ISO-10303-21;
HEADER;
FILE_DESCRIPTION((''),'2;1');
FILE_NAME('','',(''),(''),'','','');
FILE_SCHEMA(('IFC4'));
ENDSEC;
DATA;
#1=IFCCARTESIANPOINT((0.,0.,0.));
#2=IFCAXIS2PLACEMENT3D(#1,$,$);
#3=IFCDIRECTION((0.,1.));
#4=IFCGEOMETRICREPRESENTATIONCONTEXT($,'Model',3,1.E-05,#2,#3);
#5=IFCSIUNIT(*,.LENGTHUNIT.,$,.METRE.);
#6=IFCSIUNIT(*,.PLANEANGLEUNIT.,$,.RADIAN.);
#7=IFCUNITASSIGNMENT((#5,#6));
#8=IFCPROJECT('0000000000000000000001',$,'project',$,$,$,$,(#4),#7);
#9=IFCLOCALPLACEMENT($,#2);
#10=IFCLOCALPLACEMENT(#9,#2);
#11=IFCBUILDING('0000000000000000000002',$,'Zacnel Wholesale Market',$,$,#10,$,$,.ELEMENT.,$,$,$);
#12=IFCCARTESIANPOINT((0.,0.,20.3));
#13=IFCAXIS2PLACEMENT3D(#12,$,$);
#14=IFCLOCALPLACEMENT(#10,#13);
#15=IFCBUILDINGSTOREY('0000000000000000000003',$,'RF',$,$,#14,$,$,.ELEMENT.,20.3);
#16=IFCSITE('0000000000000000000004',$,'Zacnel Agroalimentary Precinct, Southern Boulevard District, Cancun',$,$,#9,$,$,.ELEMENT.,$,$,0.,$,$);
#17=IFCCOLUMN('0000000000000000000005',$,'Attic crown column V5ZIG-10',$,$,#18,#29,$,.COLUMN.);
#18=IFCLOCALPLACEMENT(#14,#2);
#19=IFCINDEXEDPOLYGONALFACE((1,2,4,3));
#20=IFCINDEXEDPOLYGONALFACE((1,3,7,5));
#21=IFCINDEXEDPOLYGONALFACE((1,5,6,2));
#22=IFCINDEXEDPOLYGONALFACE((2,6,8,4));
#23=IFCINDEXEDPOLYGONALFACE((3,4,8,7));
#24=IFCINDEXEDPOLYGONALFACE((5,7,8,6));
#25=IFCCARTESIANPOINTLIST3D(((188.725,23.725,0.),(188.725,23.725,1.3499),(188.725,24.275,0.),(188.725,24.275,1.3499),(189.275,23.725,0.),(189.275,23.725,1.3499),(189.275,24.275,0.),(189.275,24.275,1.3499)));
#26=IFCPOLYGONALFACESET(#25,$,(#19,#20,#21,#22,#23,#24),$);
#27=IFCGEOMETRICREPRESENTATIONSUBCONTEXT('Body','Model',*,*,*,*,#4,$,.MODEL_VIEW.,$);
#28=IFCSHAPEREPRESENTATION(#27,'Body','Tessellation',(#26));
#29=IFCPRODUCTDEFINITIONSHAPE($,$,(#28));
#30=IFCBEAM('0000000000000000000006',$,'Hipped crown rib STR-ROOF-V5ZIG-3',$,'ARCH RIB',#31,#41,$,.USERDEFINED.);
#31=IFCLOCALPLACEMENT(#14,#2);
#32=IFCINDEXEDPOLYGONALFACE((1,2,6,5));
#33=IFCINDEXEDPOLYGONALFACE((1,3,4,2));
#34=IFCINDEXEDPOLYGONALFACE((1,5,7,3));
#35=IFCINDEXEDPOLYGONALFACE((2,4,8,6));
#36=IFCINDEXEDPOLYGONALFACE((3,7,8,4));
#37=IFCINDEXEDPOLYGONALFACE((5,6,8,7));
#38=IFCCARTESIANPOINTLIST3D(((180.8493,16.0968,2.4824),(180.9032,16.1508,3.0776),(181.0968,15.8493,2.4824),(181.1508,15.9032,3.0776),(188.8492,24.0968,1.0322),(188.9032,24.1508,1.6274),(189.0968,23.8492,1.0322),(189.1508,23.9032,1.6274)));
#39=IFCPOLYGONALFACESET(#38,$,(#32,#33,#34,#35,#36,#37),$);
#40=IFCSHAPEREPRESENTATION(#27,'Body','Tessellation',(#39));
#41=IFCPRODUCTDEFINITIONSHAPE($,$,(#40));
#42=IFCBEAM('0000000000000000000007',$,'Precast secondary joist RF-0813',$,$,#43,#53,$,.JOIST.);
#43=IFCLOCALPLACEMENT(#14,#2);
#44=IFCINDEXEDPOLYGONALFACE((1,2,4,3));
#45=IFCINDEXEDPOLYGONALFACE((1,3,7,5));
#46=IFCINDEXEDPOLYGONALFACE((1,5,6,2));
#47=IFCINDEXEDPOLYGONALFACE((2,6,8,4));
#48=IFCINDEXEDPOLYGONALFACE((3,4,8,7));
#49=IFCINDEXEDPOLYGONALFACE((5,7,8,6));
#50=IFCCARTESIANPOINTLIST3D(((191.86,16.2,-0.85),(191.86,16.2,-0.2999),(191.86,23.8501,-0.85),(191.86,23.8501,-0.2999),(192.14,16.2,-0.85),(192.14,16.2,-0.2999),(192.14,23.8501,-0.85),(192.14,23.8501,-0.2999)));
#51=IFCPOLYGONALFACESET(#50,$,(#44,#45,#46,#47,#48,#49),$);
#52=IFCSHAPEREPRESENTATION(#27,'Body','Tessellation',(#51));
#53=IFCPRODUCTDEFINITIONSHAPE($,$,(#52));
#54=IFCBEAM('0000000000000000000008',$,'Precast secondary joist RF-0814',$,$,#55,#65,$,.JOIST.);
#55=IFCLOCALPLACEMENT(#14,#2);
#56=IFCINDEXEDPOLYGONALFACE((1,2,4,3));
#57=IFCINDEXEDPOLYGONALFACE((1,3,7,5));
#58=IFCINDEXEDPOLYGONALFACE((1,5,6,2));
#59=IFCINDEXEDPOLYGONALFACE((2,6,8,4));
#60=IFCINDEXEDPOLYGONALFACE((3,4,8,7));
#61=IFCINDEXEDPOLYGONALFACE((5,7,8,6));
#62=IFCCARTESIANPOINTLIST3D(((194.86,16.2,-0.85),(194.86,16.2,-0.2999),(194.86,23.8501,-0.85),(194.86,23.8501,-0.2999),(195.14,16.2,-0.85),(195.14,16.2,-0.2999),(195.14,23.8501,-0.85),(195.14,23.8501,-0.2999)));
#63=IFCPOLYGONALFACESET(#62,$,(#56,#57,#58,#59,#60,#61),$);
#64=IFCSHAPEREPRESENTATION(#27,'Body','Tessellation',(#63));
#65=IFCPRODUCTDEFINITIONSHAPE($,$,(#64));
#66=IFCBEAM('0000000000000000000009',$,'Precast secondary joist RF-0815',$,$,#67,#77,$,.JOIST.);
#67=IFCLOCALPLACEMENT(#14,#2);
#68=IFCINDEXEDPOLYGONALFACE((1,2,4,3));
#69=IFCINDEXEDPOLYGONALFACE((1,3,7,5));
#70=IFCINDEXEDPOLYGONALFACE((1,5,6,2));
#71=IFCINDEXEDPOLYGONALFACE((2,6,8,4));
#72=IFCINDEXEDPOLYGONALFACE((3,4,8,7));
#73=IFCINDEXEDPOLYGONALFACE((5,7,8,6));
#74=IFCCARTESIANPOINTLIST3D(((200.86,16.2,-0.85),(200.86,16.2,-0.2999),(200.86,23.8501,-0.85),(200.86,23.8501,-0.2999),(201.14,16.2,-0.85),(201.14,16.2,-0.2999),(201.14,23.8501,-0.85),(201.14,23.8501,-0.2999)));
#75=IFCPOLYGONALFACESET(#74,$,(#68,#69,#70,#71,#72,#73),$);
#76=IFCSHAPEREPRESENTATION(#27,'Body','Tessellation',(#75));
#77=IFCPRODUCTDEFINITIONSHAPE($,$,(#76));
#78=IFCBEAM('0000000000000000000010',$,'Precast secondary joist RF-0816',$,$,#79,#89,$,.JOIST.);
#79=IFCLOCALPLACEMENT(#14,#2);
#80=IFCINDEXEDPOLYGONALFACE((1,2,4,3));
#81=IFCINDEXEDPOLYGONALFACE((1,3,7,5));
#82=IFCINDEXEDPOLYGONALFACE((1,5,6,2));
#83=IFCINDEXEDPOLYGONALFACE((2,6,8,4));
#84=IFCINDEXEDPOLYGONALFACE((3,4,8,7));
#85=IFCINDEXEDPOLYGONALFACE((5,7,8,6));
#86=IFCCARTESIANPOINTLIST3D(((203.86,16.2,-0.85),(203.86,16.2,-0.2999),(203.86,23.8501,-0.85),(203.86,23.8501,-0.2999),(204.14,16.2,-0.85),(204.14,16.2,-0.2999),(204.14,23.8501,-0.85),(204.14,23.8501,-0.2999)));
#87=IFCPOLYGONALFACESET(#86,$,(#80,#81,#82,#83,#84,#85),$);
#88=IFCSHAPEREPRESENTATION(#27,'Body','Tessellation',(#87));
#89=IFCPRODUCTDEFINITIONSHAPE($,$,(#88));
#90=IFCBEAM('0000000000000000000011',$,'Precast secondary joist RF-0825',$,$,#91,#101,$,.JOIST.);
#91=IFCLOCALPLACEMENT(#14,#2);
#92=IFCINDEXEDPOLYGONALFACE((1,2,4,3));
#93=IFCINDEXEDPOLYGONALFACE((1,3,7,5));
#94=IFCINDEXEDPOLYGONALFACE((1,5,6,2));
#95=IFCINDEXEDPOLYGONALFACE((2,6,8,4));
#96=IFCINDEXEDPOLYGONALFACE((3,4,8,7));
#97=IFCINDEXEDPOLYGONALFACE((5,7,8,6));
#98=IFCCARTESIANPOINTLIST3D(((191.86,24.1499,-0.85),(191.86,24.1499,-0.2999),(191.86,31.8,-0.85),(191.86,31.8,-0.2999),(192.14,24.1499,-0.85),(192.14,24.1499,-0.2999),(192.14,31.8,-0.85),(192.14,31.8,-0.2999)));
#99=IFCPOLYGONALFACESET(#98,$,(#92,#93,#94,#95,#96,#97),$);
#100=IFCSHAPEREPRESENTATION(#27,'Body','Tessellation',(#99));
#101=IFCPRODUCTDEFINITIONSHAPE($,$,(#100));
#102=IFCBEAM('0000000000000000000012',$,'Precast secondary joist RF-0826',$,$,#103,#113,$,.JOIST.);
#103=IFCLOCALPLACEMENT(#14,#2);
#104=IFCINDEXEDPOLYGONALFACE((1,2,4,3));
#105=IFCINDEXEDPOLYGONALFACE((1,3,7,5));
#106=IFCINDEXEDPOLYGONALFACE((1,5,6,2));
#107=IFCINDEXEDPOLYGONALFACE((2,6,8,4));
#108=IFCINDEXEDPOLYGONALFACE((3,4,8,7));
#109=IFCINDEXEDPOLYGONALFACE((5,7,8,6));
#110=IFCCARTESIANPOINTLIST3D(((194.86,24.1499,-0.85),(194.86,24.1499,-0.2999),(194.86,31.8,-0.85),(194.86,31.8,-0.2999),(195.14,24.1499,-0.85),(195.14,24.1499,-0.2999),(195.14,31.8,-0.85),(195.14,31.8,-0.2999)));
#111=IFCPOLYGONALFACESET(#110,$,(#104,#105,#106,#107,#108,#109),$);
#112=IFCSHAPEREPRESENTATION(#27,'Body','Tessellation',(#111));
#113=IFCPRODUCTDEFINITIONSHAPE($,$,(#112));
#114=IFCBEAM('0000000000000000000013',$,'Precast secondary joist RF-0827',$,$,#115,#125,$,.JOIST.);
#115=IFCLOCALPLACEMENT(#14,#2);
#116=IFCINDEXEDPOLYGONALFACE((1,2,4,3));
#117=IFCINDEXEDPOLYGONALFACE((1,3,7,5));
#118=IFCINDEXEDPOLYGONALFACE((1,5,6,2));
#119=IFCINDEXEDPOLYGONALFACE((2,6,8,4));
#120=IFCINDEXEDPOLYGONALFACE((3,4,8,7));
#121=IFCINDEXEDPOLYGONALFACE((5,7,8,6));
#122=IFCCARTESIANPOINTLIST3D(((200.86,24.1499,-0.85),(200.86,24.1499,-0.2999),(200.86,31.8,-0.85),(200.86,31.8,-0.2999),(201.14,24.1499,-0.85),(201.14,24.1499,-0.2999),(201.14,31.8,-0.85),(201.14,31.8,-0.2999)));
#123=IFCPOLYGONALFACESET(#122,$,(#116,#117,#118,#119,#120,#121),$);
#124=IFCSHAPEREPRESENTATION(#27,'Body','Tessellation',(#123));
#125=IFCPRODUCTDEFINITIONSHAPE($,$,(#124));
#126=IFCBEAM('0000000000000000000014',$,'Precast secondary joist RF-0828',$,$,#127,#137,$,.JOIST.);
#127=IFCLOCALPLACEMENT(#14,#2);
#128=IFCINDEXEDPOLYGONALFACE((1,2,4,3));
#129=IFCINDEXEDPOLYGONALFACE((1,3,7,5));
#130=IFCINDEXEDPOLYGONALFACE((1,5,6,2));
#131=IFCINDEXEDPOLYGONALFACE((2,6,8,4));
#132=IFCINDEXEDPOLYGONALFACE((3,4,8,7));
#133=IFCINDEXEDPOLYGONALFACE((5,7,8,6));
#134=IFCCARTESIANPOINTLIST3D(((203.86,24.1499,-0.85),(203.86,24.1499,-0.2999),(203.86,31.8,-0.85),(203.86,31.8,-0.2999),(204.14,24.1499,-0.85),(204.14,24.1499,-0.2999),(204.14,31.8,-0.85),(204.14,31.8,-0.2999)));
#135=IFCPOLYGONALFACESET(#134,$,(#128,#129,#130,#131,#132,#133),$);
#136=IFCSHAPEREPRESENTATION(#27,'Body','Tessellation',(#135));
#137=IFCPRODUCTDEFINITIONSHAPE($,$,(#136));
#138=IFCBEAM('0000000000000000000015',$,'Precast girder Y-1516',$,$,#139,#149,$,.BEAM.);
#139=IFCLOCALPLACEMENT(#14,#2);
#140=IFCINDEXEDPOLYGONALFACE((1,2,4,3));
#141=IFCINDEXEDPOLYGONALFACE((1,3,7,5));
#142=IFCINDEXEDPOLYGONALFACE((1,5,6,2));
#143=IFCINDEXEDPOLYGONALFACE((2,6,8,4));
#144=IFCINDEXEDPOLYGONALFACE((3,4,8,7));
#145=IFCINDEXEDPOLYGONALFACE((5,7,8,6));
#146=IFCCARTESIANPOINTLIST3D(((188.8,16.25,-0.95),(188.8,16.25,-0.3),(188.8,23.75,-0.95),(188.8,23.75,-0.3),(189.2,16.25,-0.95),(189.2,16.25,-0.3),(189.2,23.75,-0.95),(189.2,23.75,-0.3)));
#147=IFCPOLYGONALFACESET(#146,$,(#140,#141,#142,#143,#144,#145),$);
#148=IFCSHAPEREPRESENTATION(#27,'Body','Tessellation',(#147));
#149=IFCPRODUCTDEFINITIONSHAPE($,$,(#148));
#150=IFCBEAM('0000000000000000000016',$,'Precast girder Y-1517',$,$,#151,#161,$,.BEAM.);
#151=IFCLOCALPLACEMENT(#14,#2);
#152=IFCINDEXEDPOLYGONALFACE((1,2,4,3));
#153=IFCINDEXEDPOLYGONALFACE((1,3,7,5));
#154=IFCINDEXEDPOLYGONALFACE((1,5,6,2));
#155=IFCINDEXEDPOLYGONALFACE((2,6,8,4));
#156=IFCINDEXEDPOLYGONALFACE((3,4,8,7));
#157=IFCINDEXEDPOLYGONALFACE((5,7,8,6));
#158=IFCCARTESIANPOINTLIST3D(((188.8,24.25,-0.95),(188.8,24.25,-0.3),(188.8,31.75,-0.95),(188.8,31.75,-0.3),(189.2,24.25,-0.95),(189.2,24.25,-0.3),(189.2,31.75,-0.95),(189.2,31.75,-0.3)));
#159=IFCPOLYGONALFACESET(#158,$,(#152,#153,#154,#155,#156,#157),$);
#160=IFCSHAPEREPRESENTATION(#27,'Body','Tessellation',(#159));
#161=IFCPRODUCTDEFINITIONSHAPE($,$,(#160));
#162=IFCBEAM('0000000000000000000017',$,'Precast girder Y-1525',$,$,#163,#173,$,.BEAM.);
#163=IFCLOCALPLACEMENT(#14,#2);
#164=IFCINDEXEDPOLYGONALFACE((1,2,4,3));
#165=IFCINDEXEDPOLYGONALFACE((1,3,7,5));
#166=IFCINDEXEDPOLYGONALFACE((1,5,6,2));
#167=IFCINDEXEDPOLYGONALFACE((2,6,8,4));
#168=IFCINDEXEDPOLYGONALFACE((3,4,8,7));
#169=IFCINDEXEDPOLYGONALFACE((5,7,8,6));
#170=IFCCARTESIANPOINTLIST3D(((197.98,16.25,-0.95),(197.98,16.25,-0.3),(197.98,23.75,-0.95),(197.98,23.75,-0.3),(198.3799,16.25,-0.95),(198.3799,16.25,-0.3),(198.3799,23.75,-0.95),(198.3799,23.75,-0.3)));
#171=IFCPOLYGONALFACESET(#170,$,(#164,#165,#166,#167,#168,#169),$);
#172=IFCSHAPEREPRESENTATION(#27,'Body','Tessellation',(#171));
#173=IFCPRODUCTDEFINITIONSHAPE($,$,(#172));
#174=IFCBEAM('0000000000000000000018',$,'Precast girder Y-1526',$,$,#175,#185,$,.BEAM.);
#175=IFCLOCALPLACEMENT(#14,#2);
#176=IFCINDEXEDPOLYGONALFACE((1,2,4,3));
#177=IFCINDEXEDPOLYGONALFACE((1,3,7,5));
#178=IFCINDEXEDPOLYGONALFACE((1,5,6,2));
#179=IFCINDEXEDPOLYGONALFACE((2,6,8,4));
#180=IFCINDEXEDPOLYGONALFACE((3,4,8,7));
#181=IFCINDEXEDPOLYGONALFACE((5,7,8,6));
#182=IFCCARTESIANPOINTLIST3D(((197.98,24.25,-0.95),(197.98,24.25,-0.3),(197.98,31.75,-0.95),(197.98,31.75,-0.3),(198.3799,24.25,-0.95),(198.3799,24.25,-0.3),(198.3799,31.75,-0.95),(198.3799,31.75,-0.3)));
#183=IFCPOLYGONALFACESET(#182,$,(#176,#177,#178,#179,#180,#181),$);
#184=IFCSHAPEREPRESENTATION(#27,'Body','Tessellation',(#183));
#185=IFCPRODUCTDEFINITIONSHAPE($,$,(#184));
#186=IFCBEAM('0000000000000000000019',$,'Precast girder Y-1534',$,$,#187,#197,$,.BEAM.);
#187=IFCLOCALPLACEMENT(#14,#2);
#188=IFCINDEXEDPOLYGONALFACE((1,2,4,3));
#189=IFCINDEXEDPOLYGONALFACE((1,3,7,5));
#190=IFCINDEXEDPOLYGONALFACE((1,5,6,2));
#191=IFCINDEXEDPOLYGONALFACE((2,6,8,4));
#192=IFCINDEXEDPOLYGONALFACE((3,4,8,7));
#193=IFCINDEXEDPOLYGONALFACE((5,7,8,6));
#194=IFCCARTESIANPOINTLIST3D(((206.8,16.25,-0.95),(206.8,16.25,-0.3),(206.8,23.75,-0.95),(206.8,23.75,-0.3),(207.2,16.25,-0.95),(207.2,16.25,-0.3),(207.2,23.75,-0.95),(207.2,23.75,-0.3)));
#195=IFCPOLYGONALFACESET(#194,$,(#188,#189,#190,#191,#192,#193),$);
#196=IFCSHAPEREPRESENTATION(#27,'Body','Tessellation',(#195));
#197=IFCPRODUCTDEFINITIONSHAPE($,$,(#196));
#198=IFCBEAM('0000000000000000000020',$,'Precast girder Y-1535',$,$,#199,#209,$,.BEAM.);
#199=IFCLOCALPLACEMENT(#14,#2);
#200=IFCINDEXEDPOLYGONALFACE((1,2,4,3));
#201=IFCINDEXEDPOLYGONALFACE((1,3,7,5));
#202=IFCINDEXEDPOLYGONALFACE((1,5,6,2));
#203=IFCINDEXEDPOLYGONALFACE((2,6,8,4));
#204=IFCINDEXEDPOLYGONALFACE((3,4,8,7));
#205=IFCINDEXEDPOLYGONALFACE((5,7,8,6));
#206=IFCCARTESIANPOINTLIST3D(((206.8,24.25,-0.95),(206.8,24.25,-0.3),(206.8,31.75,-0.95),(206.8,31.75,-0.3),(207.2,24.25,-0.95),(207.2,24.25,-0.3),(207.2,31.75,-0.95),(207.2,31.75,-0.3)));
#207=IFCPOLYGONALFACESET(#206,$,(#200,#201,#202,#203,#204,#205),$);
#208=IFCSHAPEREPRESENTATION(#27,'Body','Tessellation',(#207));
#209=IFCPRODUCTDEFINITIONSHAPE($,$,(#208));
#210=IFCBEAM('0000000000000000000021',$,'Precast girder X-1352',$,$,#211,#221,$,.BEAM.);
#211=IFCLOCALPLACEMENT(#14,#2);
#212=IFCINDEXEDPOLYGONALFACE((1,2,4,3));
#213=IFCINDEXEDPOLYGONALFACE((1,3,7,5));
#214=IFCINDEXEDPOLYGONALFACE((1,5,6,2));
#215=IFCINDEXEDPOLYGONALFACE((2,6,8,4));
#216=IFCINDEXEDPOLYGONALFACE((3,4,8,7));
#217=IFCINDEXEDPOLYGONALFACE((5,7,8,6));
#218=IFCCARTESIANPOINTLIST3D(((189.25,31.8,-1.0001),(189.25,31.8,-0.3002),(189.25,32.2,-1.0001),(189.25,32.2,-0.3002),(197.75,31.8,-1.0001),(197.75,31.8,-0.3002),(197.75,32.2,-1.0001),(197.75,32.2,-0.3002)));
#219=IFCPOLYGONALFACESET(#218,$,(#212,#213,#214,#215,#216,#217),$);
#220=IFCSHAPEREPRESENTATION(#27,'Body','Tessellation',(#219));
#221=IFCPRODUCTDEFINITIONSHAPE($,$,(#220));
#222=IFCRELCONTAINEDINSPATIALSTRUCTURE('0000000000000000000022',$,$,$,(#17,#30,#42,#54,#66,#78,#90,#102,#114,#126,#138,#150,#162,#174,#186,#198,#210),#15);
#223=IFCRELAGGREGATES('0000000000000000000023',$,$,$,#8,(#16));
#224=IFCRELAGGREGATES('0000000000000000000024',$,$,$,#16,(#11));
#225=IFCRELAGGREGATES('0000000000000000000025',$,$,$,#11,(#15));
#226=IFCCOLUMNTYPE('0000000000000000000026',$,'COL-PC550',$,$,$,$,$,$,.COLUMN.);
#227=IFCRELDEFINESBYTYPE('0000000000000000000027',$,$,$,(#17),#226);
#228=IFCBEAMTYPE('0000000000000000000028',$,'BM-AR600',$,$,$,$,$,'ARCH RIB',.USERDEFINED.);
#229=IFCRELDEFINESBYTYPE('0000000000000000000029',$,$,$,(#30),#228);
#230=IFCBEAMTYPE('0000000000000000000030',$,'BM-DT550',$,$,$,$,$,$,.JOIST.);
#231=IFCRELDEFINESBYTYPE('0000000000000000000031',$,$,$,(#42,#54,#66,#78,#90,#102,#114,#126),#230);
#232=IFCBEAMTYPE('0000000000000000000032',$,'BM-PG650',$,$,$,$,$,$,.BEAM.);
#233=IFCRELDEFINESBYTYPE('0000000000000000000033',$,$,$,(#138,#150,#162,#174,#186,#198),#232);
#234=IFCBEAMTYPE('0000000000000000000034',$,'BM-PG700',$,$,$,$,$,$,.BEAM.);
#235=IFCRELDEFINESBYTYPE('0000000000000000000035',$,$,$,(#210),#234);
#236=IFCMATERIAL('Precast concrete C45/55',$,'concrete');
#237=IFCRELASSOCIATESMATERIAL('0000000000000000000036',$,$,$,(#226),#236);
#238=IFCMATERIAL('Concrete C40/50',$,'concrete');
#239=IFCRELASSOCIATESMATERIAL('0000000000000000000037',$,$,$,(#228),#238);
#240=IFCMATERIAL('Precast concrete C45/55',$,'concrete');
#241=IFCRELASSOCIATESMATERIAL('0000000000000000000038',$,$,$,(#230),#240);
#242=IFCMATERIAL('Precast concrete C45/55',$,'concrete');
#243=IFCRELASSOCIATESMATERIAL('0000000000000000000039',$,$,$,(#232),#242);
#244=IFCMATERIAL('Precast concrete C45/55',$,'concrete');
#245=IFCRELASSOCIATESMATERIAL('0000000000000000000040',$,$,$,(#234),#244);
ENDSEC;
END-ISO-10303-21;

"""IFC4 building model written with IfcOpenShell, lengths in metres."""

from ifc_helpers import new_model, si_unit, direction, frame, origin, origin_2d, place, context, subcontext, project, spatial, rectangle, extrude, material, material_profile, profile_set, type_object, element, save


model = new_model("IFC4")

# Units and contexts
model_context = context("Model", 3, precision=1e-05, world=origin(), true_north=direction((0.0, 1.0)))
body_context = subcontext(model_context, "Body", "Model", "MODEL_VIEW")
ifc_project = project(units=[si_unit("LENGTHUNIT", "METRE"), si_unit("PLANEANGLEUNIT", "RADIAN")], contexts=[model_context])

# Site, building, storey
site_placement = place(None, origin())
site = spatial("IfcSite", under=ifc_project, at=site_placement, Name="Zacnel Agroalimentary Precinct, Southern Boulevard District, Cancun", CompositionType="ELEMENT", RefElevation=0.0)
building_placement = place(site_placement, origin())
building = spatial("IfcBuilding", under=site, at=building_placement, Name="Zacnel Wholesale Market", CompositionType="ELEMENT")
storey_placement = place(building_placement, frame((0.0, 0.0, 20.3)))
storey = spatial("IfcBuildingStorey", under=building, at=storey_placement, Name="RF", CompositionType="ELEMENT", Elevation=20.3)

# Column
ifc_material_1 = material(Name="Precast concrete C45/55", Category="concrete")
ifc_material_profile_1 = material_profile(ifc_material_1, rectangle(XDim=0.55, YDim=0.55, at=origin_2d()), Name="PC 550x550")
ifc_profile_set_1 = profile_set([ifc_material_profile_1], Name="Precast concrete C45/55")
column_type = type_object("IfcColumnType", Name="COL-PC550", PredefinedType="COLUMN", material=ifc_profile_set_1)
column_placement = place(storey_placement, frame((189.0, 24.0, 0.0), z_axis=(0.0, 0.0, 1.0), x_axis=(1.0, 0.0, 0.0)))
element("IfcColumn", 1, at=column_placement, inside=storey, type_object=column_type, Name="Attic crown column V5ZIG-10", PredefinedType="COLUMN", context=body_context, shape_type="SweptSolid", body=[
    extrude(rectangle(XDim=0.55, YDim=0.55, at=origin_2d()), origin(), (0.0, 0.0, 1.0), 1.3499),
])

# Beams
ifc_material_2 = material(Name="Concrete C40/50", Category="concrete")
ifc_material_profile_2 = material_profile(ifc_material_2, rectangle(XDim=0.3501, YDim=0.6001, at=origin_2d()), Name="ARCH RIB 350x600")
ifc_profile_set_2 = profile_set([ifc_material_profile_2], Name="Concrete C40/50")
beam_type_1 = type_object("IfcBeamType", Name="BM-AR600", ElementType="ARCH RIB", PredefinedType="USERDEFINED", material=ifc_profile_set_2)
beam_1_placement = place(storey_placement, frame((189.0, 24.0, 1.3298), z_axis=(-0.701368, -0.701368, 0.12714), x_axis=(0.707107, -0.707107, 0.0)))
element("IfcBeam", 2, at=beam_1_placement, inside=storey, type_object=beam_type_1, Name="Hipped crown rib STR-ROOF-V5ZIG-3", ObjectType="ARCH RIB", PredefinedType="USERDEFINED", context=body_context, shape_type="SweptSolid", body=[
    extrude(rectangle(XDim=0.3501, YDim=0.6001, at=origin_2d()), origin(), (0.0, 0.0, 1.0), 11.4062),
])
ifc_material_3 = material(Name="Precast concrete C45/55", Category="concrete")
ifc_material_profile_3 = material_profile(ifc_material_3, rectangle(XDim=0.28, YDim=0.55, at=origin_2d()), Name="DT RIB 280x550")
ifc_profile_set_3 = profile_set([ifc_material_profile_3], Name="Precast concrete C45/55")
beam_type_2 = type_object("IfcBeamType", Name="BM-DT550", PredefinedType="JOIST", material=ifc_profile_set_3)
for number, where, z_axis, x_axis, name in (
    (3, (192.0, 16.2, -0.575), (0.0, 1.0, 0.0), (-1.0, 0.0, 0.0), "Precast secondary joist RF-0813"),
    (4, (195.0, 16.2, -0.575), (0.0, 1.0, 0.0), (-1.0, 0.0, 0.0), "Precast secondary joist RF-0814"),
    (5, (201.0, 16.2, -0.575), (0.0, 1.0, 0.0), (-1.0, 0.0, 0.0), "Precast secondary joist RF-0815"),
    (6, (204.0, 16.2, -0.575), (0.0, 1.0, 0.0), (-1.0, 0.0, 0.0), "Precast secondary joist RF-0816"),
    (7, (192.0, 24.1499, -0.575), (0.0, 1.0, 0.0), (-1.0, 0.0, 0.0), "Precast secondary joist RF-0825"),
    (8, (195.0, 24.1499, -0.575), (0.0, 1.0, 0.0), (-1.0, 0.0, 0.0), "Precast secondary joist RF-0826"),
    (9, (201.0, 24.1499, -0.575), (0.0, 1.0, 0.0), (-1.0, 0.0, 0.0), "Precast secondary joist RF-0827"),
    (10, (204.0, 24.1499, -0.575), (0.0, 1.0, 0.0), (-1.0, 0.0, 0.0), "Precast secondary joist RF-0828"),
):
    element("IfcBeam", number, at=place(storey_placement, frame(where, z_axis=z_axis, x_axis=x_axis)), inside=storey, type_object=beam_type_2, Name=name, PredefinedType="JOIST", context=body_context, shape_type="SweptSolid", body=[
        extrude(rectangle(XDim=0.28, YDim=0.55, at=origin_2d()), origin(), (0.0, 0.0, 1.0), 7.6501),
    ])
ifc_material_4 = material(Name="Precast concrete C45/55", Category="concrete")
ifc_material_profile_4 = material_profile(ifc_material_4, rectangle(XDim=0.3999, YDim=0.6499, at=origin_2d()), Name="PG 400x650")
ifc_profile_set_4 = profile_set([ifc_material_profile_4], Name="Precast concrete C45/55")
beam_type_3 = type_object("IfcBeamType", Name="BM-PG650", PredefinedType="BEAM", material=ifc_profile_set_4)
for number, where, z_axis, x_axis, name in (
    (11, (189.0, 16.25, -0.625), (0.0, 1.0, 0.0), (-1.0, 0.0, 0.0), "Precast girder Y-1516"),
    (12, (189.0, 24.25, -0.625), (0.0, 1.0, 0.0), (-1.0, 0.0, 0.0), "Precast girder Y-1517"),
    (13, (198.1799, 16.25, -0.625), (0.0, 1.0, 0.0), (-1.0, 0.0, 0.0), "Precast girder Y-1525"),
    (14, (198.1799, 24.25, -0.625), (0.0, 1.0, 0.0), (-1.0, 0.0, 0.0), "Precast girder Y-1526"),
    (15, (207.0, 16.25, -0.625), (0.0, 1.0, 0.0), (-1.0, 0.0, 0.0), "Precast girder Y-1534"),
    (16, (207.0, 24.25, -0.625), (0.0, 1.0, 0.0), (-1.0, 0.0, 0.0), "Precast girder Y-1535"),
):
    element("IfcBeam", number, at=place(storey_placement, frame(where, z_axis=z_axis, x_axis=x_axis)), inside=storey, type_object=beam_type_3, Name=name, PredefinedType="BEAM", context=body_context, shape_type="SweptSolid", body=[
        extrude(rectangle(XDim=0.3999, YDim=0.6499, at=origin_2d()), origin(), (0.0, 0.0, 1.0), 7.5),
    ])
ifc_material_5 = material(Name="Precast concrete C45/55", Category="concrete")
ifc_material_profile_5 = material_profile(ifc_material_5, rectangle(XDim=0.3999, YDim=0.7, at=origin_2d()), Name="PG 400x700")
ifc_profile_set_5 = profile_set([ifc_material_profile_5], Name="Precast concrete C45/55")
beam_type_4 = type_object("IfcBeamType", Name="BM-PG700", PredefinedType="BEAM", material=ifc_profile_set_5)
for number, where, z_axis, x_axis, name in (
    (17, (189.25, 32.0, -0.6501), (1.0, 0.0, 0.0), (0.0, 1.0, 0.0), "Precast girder X-1352"),
):
    element("IfcBeam", number, at=place(storey_placement, frame(where, z_axis=z_axis, x_axis=x_axis)), inside=storey, type_object=beam_type_4, Name=name, PredefinedType="BEAM", context=body_context, shape_type="SweptSolid", body=[
        extrude(rectangle(XDim=0.3999, YDim=0.7, at=origin_2d()), origin(), (0.0, 0.0, 1.0), 8.5),
    ])

save(model, "model.ifc")
